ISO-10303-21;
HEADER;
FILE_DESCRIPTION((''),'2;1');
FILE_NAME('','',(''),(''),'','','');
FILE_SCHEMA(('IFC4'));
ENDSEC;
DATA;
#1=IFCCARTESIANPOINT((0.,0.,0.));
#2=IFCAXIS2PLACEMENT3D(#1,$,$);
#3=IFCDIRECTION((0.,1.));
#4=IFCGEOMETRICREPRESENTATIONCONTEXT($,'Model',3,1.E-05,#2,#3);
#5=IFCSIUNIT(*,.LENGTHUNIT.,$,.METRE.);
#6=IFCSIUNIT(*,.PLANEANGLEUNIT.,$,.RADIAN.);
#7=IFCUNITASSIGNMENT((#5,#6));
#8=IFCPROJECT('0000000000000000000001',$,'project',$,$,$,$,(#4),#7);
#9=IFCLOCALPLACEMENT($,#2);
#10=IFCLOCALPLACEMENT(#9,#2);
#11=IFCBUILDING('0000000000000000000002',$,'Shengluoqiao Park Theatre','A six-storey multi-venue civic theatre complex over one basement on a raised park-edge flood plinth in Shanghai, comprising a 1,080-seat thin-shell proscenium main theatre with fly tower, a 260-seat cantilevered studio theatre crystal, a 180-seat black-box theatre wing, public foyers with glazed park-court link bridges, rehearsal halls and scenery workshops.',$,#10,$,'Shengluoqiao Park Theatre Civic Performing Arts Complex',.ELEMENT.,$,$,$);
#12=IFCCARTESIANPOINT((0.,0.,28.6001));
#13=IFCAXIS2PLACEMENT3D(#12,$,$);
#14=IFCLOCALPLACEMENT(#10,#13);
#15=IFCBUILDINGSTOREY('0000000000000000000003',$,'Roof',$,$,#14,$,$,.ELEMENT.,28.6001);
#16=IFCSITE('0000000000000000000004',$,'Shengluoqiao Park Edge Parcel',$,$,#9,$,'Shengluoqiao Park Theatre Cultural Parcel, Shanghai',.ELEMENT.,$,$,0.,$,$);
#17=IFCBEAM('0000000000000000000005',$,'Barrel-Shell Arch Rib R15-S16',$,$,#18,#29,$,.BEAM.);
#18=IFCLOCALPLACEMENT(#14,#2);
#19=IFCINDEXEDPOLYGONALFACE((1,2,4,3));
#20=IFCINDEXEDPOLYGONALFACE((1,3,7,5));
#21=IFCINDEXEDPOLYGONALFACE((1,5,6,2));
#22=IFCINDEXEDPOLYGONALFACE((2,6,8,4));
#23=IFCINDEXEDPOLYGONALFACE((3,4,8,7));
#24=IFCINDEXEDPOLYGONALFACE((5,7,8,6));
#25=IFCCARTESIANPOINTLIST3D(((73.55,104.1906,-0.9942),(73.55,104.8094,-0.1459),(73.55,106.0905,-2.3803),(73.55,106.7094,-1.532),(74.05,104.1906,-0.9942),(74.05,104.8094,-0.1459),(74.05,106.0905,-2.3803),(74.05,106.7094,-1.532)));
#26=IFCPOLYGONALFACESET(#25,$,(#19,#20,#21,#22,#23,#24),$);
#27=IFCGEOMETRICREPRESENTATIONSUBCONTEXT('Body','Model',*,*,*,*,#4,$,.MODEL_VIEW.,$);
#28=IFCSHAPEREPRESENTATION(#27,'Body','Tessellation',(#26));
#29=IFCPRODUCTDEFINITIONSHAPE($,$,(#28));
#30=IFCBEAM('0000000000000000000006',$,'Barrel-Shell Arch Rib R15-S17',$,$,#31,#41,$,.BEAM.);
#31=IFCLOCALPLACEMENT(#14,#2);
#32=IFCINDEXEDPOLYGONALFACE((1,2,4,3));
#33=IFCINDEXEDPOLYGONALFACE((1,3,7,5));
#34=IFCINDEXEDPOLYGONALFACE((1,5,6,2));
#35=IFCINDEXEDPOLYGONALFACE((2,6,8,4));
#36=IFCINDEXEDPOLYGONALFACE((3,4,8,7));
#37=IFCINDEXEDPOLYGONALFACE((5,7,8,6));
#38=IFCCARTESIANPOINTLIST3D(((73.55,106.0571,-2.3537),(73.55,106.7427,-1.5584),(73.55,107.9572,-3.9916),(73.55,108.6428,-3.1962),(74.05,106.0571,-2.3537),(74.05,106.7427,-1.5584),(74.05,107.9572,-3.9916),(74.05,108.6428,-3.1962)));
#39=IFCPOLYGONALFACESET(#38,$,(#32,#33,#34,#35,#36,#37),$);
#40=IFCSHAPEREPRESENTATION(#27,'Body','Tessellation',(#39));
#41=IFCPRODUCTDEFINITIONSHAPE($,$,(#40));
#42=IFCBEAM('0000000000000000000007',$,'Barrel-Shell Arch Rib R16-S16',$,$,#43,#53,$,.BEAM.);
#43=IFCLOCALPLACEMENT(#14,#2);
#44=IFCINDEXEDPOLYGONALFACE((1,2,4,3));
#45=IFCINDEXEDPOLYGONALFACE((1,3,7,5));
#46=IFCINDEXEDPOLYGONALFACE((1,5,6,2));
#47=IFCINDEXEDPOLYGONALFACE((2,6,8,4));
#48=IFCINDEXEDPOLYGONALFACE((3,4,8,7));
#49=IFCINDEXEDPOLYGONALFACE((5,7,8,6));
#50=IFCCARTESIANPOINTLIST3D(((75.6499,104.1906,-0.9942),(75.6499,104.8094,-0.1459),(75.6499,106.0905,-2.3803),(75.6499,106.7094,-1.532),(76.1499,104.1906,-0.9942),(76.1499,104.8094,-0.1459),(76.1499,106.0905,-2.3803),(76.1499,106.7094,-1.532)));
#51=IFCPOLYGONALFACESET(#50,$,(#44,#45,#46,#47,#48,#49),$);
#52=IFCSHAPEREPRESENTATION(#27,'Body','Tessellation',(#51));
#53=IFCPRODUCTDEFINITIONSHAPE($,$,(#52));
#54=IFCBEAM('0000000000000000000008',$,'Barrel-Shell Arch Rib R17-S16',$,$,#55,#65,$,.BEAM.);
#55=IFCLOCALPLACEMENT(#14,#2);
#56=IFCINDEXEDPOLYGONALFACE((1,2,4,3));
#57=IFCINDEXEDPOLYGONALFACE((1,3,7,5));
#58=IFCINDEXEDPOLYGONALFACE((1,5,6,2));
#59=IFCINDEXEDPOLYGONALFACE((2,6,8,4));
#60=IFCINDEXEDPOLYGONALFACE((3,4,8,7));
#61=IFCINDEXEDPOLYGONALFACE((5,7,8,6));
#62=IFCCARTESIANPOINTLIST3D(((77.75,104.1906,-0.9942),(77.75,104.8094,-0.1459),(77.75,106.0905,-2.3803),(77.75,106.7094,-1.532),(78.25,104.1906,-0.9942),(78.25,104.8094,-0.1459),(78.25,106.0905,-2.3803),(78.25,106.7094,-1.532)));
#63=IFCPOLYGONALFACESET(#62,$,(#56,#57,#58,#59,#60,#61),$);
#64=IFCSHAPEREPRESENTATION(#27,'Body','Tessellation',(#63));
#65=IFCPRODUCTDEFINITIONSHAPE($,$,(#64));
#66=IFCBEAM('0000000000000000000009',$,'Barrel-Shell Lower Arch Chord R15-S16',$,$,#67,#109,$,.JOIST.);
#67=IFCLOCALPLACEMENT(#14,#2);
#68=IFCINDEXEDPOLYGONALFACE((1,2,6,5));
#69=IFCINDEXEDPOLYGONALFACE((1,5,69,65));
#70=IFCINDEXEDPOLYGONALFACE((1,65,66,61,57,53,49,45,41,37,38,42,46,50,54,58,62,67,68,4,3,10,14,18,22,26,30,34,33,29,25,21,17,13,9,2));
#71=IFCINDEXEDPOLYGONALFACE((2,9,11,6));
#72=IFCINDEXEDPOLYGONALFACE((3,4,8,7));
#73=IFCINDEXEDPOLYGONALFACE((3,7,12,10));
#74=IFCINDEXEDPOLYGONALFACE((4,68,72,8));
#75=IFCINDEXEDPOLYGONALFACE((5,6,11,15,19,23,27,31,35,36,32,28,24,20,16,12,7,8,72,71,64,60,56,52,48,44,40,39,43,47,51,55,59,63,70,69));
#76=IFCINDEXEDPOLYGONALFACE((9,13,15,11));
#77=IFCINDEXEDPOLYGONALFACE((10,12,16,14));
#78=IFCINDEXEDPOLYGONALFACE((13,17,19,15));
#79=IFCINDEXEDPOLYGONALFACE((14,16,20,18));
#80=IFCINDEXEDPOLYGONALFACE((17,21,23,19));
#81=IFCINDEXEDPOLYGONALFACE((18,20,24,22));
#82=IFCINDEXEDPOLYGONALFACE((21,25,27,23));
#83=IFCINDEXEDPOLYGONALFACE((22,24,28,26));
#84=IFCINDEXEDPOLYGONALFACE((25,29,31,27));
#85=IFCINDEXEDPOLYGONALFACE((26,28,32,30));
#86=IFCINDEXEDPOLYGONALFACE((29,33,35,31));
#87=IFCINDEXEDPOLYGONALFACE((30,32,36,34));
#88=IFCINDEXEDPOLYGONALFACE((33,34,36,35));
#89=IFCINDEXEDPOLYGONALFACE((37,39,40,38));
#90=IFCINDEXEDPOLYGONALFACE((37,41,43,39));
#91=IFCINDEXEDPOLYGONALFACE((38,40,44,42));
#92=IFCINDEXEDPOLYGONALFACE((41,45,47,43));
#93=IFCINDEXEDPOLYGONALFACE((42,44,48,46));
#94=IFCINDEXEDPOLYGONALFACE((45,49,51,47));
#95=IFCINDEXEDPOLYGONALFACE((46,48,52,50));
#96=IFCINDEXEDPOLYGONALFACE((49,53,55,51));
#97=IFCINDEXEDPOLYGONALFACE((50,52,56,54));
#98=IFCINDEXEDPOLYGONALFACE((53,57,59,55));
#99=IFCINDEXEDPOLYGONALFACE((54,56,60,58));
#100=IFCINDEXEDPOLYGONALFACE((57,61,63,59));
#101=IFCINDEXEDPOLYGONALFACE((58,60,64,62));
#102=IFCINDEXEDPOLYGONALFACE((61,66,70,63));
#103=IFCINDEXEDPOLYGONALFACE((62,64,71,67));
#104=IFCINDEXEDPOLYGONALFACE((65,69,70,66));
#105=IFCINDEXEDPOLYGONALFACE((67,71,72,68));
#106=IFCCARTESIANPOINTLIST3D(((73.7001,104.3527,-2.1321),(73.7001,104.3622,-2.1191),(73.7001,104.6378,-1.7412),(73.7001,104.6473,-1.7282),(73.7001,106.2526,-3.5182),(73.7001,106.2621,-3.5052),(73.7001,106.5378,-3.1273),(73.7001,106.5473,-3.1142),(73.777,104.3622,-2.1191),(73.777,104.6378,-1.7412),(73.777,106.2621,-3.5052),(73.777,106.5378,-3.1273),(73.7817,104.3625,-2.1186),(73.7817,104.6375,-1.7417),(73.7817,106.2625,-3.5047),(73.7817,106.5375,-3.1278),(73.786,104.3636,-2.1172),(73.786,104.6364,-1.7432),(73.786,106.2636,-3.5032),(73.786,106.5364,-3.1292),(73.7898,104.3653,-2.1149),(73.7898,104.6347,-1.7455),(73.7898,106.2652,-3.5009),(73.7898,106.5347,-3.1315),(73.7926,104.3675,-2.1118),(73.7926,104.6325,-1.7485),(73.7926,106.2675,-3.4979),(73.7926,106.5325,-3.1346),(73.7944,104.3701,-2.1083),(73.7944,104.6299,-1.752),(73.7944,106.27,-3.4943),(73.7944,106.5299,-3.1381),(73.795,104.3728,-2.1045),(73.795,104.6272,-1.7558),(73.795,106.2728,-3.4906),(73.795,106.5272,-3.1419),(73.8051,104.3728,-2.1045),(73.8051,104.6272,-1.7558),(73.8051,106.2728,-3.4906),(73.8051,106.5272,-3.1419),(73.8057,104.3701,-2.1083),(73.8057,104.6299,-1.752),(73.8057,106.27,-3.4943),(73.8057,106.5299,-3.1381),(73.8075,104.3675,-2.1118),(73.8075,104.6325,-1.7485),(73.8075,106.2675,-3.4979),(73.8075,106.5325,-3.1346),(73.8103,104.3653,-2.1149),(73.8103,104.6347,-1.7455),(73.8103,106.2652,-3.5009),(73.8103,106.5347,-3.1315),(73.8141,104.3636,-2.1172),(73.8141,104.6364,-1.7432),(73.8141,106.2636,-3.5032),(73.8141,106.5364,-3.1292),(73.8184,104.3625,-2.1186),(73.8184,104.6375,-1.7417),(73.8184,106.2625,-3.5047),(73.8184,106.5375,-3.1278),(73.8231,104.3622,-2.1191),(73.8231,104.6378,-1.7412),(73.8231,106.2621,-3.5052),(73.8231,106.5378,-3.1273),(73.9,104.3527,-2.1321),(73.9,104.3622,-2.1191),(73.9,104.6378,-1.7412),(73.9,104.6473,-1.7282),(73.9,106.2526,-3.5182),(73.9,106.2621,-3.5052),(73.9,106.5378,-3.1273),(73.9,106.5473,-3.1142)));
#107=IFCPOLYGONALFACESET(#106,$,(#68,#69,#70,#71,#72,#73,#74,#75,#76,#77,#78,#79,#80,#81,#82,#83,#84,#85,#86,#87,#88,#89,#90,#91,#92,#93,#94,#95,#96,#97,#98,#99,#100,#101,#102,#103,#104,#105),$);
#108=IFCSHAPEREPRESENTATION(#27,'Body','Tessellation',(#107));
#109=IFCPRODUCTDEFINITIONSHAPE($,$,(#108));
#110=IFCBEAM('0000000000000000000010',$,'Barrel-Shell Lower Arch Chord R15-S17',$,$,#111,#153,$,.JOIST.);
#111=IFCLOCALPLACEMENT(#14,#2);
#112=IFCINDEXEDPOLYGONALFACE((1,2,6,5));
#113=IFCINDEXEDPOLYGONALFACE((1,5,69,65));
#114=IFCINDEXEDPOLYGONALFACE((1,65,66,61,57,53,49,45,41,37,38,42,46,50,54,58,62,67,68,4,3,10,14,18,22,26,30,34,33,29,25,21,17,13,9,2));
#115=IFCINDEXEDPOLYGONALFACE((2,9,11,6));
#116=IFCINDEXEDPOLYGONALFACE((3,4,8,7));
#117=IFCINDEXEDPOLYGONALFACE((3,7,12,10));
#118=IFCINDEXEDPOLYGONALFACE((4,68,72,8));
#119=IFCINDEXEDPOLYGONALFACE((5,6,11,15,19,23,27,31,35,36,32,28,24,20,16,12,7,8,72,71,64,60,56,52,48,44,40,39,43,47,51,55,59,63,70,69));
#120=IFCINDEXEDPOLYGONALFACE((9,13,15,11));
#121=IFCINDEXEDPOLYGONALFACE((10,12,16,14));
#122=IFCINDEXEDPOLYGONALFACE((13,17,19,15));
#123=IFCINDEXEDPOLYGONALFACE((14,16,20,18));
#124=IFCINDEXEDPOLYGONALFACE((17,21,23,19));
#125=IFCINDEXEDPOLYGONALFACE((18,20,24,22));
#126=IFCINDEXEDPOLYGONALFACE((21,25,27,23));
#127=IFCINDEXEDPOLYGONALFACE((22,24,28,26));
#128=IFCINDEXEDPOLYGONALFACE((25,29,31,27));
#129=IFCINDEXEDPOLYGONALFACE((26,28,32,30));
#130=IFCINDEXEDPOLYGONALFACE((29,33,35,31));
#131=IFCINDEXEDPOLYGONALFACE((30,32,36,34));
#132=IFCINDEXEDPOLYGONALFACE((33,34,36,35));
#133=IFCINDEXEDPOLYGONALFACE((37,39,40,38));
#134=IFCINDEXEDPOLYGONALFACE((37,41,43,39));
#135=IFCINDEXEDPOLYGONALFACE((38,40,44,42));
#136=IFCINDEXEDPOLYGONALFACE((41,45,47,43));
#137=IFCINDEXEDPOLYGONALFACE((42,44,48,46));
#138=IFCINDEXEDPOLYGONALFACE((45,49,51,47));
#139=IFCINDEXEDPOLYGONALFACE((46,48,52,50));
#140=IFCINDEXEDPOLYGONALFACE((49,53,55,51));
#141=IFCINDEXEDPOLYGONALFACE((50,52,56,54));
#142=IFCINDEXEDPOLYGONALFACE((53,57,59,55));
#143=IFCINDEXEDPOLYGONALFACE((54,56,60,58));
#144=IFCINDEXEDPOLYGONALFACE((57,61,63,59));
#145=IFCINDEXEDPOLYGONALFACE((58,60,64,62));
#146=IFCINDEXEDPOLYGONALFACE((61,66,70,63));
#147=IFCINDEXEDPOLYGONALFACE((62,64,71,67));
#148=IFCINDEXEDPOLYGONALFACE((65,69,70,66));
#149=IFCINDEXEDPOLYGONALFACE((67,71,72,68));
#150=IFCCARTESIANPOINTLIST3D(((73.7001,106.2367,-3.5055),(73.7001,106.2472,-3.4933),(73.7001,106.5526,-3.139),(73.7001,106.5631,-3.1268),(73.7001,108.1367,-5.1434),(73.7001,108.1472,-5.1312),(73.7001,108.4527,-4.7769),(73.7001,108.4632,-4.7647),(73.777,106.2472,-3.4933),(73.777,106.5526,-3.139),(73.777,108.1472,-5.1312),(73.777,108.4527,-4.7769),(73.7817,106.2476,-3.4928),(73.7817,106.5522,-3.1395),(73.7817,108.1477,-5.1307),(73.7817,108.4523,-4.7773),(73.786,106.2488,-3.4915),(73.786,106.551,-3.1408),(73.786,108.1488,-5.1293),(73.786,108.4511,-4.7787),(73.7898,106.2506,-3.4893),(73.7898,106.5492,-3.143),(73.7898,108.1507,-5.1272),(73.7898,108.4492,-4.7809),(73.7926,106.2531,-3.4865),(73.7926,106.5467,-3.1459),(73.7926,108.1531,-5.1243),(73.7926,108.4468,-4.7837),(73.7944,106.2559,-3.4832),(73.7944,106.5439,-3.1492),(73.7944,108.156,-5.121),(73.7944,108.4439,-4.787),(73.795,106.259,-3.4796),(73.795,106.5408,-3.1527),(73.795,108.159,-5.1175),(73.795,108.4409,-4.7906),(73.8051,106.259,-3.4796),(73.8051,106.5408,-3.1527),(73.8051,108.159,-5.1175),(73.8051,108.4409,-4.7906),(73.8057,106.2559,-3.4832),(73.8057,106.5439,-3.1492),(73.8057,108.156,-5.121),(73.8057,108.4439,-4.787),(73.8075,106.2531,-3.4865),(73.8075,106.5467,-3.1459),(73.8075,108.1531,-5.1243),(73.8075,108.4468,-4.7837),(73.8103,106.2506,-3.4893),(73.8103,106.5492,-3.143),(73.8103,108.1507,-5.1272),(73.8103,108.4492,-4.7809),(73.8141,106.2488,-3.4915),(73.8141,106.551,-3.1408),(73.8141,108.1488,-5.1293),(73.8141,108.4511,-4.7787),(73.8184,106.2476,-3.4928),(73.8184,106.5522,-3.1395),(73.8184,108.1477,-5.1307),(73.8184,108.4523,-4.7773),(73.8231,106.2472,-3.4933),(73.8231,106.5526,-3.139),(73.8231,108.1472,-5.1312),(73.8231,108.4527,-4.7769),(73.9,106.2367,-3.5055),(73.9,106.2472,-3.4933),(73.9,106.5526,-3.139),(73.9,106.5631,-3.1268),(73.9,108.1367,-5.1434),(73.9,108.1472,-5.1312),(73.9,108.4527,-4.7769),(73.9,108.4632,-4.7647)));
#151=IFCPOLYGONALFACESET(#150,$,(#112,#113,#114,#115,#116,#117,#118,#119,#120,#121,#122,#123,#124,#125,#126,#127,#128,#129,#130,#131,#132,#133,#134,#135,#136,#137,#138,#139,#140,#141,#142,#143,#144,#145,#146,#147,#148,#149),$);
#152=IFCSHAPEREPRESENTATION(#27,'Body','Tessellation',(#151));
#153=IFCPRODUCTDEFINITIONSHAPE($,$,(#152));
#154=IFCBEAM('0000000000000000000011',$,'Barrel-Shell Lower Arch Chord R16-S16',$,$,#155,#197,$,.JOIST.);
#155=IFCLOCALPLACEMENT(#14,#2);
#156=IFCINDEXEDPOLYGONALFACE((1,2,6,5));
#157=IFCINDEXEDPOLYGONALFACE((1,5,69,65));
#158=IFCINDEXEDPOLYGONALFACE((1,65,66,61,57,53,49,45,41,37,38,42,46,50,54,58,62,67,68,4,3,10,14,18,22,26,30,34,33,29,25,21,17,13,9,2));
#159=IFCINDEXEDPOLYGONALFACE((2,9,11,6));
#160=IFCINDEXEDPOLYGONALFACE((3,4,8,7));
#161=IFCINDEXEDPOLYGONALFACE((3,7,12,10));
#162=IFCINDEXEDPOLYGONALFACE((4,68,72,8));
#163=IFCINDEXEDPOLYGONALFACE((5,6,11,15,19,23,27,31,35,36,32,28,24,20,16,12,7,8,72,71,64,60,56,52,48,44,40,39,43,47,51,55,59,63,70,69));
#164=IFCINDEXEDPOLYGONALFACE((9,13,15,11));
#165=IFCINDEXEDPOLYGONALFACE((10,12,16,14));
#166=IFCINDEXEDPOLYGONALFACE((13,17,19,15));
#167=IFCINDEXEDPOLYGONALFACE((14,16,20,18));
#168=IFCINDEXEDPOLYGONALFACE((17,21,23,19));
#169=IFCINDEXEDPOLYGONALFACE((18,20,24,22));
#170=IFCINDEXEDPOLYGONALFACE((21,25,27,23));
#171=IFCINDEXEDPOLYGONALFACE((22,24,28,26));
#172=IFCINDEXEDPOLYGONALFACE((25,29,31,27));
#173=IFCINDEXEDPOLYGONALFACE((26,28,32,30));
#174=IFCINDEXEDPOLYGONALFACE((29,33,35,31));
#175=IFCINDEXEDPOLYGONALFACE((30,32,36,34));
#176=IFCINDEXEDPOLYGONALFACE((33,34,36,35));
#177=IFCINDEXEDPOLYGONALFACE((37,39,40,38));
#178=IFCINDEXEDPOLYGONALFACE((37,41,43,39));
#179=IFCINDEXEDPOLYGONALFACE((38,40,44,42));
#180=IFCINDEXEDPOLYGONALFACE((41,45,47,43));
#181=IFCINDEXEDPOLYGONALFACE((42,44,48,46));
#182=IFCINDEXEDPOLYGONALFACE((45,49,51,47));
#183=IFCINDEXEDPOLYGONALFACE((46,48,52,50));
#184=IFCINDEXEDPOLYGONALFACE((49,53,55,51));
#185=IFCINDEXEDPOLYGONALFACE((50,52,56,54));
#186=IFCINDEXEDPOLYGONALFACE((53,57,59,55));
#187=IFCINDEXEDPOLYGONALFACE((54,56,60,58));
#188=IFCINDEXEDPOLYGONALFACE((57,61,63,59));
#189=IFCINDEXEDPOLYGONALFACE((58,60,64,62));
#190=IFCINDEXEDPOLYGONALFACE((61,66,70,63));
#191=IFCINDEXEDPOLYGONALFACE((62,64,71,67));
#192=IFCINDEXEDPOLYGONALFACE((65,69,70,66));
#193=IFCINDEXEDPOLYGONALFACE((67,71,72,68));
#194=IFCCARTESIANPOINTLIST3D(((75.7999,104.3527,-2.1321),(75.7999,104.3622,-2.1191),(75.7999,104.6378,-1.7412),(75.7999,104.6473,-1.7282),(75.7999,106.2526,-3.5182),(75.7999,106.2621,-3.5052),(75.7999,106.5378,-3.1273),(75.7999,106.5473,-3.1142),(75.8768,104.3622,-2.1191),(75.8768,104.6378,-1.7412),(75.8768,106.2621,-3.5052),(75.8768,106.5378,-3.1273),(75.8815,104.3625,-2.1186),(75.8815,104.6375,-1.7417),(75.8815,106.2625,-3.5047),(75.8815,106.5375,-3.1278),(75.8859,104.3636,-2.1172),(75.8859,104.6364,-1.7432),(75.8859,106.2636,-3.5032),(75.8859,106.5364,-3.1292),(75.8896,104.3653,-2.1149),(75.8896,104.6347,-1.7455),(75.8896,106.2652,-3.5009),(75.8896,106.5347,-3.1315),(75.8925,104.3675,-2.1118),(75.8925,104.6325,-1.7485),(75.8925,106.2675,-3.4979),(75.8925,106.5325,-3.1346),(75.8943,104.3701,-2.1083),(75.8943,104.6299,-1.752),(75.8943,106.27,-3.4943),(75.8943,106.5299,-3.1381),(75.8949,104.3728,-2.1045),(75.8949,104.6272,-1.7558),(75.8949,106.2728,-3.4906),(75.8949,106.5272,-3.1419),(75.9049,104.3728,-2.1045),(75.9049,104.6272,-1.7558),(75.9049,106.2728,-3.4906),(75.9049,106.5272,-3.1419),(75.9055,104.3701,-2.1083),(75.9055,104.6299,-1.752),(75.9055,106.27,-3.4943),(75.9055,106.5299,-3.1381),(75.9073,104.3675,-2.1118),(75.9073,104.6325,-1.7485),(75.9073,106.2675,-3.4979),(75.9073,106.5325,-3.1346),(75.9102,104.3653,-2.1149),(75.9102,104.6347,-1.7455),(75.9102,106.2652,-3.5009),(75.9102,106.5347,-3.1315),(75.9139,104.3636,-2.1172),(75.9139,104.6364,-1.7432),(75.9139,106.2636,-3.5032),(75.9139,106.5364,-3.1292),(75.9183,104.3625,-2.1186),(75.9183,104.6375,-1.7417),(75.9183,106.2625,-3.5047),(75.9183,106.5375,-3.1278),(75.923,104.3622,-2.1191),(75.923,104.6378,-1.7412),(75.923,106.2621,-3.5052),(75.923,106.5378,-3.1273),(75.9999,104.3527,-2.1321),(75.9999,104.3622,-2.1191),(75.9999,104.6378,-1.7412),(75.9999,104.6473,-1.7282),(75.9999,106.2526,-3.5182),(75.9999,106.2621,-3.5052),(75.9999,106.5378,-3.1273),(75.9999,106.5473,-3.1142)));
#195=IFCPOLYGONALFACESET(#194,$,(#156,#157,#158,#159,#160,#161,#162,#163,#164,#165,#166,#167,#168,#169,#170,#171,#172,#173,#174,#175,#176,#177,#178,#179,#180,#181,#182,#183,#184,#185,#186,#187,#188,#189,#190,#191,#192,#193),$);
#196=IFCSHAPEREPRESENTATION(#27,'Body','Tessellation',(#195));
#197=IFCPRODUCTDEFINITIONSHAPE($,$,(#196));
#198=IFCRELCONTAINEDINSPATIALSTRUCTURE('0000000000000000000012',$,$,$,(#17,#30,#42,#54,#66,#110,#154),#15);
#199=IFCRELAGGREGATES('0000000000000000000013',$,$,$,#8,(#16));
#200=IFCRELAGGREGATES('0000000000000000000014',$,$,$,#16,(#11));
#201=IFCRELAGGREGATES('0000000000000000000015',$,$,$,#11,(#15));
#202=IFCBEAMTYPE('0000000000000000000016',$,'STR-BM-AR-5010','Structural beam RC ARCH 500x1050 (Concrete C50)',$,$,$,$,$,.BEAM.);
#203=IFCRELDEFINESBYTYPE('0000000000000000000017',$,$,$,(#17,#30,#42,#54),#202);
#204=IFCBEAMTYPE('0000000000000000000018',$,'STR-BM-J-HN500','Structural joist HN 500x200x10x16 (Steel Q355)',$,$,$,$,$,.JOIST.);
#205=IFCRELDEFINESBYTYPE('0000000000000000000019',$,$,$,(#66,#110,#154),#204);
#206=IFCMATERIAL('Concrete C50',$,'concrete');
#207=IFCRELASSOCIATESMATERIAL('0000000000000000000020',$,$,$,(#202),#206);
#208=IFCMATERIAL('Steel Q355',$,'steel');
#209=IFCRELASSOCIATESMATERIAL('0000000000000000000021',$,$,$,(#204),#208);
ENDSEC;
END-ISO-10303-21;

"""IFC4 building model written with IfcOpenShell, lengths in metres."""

from ifc_helpers import new_model, si_unit, direction, frame, origin, origin_2d, place, context, subcontext, project, spatial, rectangle, i_section, extrude, material, material_profile, profile_set, type_object, element, save


model = new_model("IFC4")

# Units and contexts
model_context = context("Model", 3, precision=1e-05, world=origin(), true_north=direction((0.0, 1.0)))
body_context = subcontext(model_context, "Body", "Model", "MODEL_VIEW")
ifc_project = project(units=[si_unit("LENGTHUNIT", "METRE"), si_unit("PLANEANGLEUNIT", "RADIAN")], contexts=[model_context])

# Site, building, storey
site_placement = place(None, origin())
site = spatial("IfcSite", under=ifc_project, at=site_placement, Name="Shengluoqiao Park Edge Parcel", LongName="Shengluoqiao Park Theatre Cultural Parcel, Shanghai", CompositionType="ELEMENT", RefElevation=0.0)
building_placement = place(site_placement, origin())
building = spatial("IfcBuilding", under=site, at=building_placement, Name="Shengluoqiao Park Theatre", Description="A six-storey multi-venue civic theatre complex over one basement on a raised park-edge flood plinth in Shanghai, comprising a 1,080-seat thin-shell proscenium main theatre with fly tower, a 260-seat cantilevered studio theatre crystal, a 180-seat black-box theatre wing, public foyers with glazed park-court link bridges, rehearsal halls and scenery workshops.", LongName="Shengluoqiao Park Theatre Civic Performing Arts Complex", CompositionType="ELEMENT")
storey_placement = place(building_placement, frame((0.0, 0.0, 28.6001)))
storey = spatial("IfcBuildingStorey", under=building, at=storey_placement, Name="Roof", CompositionType="ELEMENT", Elevation=28.6001)

# Beams
ifc_material_1 = material(Name="Concrete C50", Category="concrete")
ifc_material_profile_1 = material_profile(ifc_material_1, rectangle(XDim=0.5, YDim=1.05, at=origin_2d()), Name="RC ARCH 500x1050")
ifc_profile_set_1 = profile_set([ifc_material_profile_1], Name="Concrete C50")
beam_type_1 = type_object("IfcBeamType", Name="STR-BM-AR-5010", Description="Structural beam RC ARCH 500x1050 (Concrete C50)", PredefinedType="BEAM", material=ifc_profile_set_1)
beam_1_placement = place(storey_placement, frame((73.8, 104.5, -0.5701), z_axis=(0.0, 0.807878, -0.58935), x_axis=(-1.0, 0.0, 0.0)))
element("IfcBeam", 1, at=beam_1_placement, inside=storey, type_object=beam_type_1, Name="Barrel-Shell Arch Rib R15-S16", PredefinedType="BEAM", context=body_context, shape_type="SweptSolid", body=[
    extrude(rectangle(XDim=0.5, YDim=1.05, at=origin_2d()), origin(), (0.0, 0.0, 1.0), 2.3518),
])
beam_2_placement = place(storey_placement, frame((73.8, 106.3999, -1.9561), z_axis=(0.0, 0.757433, -0.652913), x_axis=(-1.0, 0.0, 0.0)))
element("IfcBeam", 2, at=beam_2_placement, inside=storey, type_object=beam_type_1, Name="Barrel-Shell Arch Rib R15-S17", PredefinedType="BEAM", context=body_context, shape_type="SweptSolid", body=[
    extrude(rectangle(XDim=0.5, YDim=1.05, at=origin_2d()), origin(), (0.0, 0.0, 1.0), 2.5085),
])
for number, where, z_axis, x_axis, name in (
    (3, (75.8999, 104.5, -0.5701), (0.0, 0.807878, -0.58935), (-1.0, 0.0, 0.0), "Barrel-Shell Arch Rib R16-S16"),
    (4, (78.0, 104.5, -0.5701), (0.0, 0.807878, -0.58935), (-1.0, 0.0, 0.0), "Barrel-Shell Arch Rib R17-S16"),
):
    element("IfcBeam", number, at=place(storey_placement, frame(where, z_axis=z_axis, x_axis=x_axis)), inside=storey, type_object=beam_type_1, Name=name, PredefinedType="BEAM", context=body_context, shape_type="SweptSolid", body=[
        extrude(rectangle(XDim=0.5, YDim=1.05, at=origin_2d()), origin(), (0.0, 0.0, 1.0), 2.3518),
    ])
ifc_material_2 = material(Name="Steel Q355", Category="steel")
ifc_material_profile_2 = material_profile(ifc_material_2, i_section(OverallWidth=0.2, OverallDepth=0.5, WebThickness=0.01, FlangeThickness=0.0161, FilletRadius=0.0181, at=origin_2d()), Name="HN 500x200x10x16")
ifc_profile_set_2 = profile_set([ifc_material_profile_2], Name="Steel Q355")
beam_type_2 = type_object("IfcBeamType", Name="STR-BM-J-HN500", Description="Structural joist HN 500x200x10x16 (Steel Q355)", PredefinedType="JOIST", material=ifc_profile_set_2)
beam_3_placement = place(storey_placement, frame((73.8, 104.5, -1.9302), z_axis=(0.0, 0.807878, -0.58935), x_axis=(-1.0, 0.0, 0.0)))
element("IfcBeam", 5, at=beam_3_placement, inside=storey, type_object=beam_type_2, Name="Barrel-Shell Lower Arch Chord R15-S16", PredefinedType="JOIST", context=body_context, shape_type="SweptSolid", body=[
    extrude(i_section(OverallWidth=0.2, OverallDepth=0.5, WebThickness=0.01, FlangeThickness=0.0161, FilletRadius=0.0181, at=origin_2d()), origin(), (0.0, 0.0, 1.0), 2.3518),
])
beam_4_placement = place(storey_placement, frame((73.8, 106.3999, -3.3162), z_axis=(0.0, 0.757433, -0.652913), x_axis=(-1.0, 0.0, 0.0)))
element("IfcBeam", 6, at=beam_4_placement, inside=storey, type_object=beam_type_2, Name="Barrel-Shell Lower Arch Chord R15-S17", PredefinedType="JOIST", context=body_context, shape_type="SweptSolid", body=[
    extrude(i_section(OverallWidth=0.2, OverallDepth=0.5, WebThickness=0.01, FlangeThickness=0.0161, FilletRadius=0.0181, at=origin_2d()), origin(), (0.0, 0.0, 1.0), 2.5085),
])
beam_5_placement = place(storey_placement, frame((75.8999, 104.5, -1.9302), z_axis=(0.0, 0.807878, -0.58935), x_axis=(-1.0, 0.0, 0.0)))
element("IfcBeam", 7, at=beam_5_placement, inside=storey, type_object=beam_type_2, Name="Barrel-Shell Lower Arch Chord R16-S16", PredefinedType="JOIST", context=body_context, shape_type="SweptSolid", body=[
    extrude(i_section(OverallWidth=0.2, OverallDepth=0.5, WebThickness=0.01, FlangeThickness=0.0161, FilletRadius=0.0181, at=origin_2d()), origin(), (0.0, 0.0, 1.0), 2.3518),
])

save(model, "model.ifc")
